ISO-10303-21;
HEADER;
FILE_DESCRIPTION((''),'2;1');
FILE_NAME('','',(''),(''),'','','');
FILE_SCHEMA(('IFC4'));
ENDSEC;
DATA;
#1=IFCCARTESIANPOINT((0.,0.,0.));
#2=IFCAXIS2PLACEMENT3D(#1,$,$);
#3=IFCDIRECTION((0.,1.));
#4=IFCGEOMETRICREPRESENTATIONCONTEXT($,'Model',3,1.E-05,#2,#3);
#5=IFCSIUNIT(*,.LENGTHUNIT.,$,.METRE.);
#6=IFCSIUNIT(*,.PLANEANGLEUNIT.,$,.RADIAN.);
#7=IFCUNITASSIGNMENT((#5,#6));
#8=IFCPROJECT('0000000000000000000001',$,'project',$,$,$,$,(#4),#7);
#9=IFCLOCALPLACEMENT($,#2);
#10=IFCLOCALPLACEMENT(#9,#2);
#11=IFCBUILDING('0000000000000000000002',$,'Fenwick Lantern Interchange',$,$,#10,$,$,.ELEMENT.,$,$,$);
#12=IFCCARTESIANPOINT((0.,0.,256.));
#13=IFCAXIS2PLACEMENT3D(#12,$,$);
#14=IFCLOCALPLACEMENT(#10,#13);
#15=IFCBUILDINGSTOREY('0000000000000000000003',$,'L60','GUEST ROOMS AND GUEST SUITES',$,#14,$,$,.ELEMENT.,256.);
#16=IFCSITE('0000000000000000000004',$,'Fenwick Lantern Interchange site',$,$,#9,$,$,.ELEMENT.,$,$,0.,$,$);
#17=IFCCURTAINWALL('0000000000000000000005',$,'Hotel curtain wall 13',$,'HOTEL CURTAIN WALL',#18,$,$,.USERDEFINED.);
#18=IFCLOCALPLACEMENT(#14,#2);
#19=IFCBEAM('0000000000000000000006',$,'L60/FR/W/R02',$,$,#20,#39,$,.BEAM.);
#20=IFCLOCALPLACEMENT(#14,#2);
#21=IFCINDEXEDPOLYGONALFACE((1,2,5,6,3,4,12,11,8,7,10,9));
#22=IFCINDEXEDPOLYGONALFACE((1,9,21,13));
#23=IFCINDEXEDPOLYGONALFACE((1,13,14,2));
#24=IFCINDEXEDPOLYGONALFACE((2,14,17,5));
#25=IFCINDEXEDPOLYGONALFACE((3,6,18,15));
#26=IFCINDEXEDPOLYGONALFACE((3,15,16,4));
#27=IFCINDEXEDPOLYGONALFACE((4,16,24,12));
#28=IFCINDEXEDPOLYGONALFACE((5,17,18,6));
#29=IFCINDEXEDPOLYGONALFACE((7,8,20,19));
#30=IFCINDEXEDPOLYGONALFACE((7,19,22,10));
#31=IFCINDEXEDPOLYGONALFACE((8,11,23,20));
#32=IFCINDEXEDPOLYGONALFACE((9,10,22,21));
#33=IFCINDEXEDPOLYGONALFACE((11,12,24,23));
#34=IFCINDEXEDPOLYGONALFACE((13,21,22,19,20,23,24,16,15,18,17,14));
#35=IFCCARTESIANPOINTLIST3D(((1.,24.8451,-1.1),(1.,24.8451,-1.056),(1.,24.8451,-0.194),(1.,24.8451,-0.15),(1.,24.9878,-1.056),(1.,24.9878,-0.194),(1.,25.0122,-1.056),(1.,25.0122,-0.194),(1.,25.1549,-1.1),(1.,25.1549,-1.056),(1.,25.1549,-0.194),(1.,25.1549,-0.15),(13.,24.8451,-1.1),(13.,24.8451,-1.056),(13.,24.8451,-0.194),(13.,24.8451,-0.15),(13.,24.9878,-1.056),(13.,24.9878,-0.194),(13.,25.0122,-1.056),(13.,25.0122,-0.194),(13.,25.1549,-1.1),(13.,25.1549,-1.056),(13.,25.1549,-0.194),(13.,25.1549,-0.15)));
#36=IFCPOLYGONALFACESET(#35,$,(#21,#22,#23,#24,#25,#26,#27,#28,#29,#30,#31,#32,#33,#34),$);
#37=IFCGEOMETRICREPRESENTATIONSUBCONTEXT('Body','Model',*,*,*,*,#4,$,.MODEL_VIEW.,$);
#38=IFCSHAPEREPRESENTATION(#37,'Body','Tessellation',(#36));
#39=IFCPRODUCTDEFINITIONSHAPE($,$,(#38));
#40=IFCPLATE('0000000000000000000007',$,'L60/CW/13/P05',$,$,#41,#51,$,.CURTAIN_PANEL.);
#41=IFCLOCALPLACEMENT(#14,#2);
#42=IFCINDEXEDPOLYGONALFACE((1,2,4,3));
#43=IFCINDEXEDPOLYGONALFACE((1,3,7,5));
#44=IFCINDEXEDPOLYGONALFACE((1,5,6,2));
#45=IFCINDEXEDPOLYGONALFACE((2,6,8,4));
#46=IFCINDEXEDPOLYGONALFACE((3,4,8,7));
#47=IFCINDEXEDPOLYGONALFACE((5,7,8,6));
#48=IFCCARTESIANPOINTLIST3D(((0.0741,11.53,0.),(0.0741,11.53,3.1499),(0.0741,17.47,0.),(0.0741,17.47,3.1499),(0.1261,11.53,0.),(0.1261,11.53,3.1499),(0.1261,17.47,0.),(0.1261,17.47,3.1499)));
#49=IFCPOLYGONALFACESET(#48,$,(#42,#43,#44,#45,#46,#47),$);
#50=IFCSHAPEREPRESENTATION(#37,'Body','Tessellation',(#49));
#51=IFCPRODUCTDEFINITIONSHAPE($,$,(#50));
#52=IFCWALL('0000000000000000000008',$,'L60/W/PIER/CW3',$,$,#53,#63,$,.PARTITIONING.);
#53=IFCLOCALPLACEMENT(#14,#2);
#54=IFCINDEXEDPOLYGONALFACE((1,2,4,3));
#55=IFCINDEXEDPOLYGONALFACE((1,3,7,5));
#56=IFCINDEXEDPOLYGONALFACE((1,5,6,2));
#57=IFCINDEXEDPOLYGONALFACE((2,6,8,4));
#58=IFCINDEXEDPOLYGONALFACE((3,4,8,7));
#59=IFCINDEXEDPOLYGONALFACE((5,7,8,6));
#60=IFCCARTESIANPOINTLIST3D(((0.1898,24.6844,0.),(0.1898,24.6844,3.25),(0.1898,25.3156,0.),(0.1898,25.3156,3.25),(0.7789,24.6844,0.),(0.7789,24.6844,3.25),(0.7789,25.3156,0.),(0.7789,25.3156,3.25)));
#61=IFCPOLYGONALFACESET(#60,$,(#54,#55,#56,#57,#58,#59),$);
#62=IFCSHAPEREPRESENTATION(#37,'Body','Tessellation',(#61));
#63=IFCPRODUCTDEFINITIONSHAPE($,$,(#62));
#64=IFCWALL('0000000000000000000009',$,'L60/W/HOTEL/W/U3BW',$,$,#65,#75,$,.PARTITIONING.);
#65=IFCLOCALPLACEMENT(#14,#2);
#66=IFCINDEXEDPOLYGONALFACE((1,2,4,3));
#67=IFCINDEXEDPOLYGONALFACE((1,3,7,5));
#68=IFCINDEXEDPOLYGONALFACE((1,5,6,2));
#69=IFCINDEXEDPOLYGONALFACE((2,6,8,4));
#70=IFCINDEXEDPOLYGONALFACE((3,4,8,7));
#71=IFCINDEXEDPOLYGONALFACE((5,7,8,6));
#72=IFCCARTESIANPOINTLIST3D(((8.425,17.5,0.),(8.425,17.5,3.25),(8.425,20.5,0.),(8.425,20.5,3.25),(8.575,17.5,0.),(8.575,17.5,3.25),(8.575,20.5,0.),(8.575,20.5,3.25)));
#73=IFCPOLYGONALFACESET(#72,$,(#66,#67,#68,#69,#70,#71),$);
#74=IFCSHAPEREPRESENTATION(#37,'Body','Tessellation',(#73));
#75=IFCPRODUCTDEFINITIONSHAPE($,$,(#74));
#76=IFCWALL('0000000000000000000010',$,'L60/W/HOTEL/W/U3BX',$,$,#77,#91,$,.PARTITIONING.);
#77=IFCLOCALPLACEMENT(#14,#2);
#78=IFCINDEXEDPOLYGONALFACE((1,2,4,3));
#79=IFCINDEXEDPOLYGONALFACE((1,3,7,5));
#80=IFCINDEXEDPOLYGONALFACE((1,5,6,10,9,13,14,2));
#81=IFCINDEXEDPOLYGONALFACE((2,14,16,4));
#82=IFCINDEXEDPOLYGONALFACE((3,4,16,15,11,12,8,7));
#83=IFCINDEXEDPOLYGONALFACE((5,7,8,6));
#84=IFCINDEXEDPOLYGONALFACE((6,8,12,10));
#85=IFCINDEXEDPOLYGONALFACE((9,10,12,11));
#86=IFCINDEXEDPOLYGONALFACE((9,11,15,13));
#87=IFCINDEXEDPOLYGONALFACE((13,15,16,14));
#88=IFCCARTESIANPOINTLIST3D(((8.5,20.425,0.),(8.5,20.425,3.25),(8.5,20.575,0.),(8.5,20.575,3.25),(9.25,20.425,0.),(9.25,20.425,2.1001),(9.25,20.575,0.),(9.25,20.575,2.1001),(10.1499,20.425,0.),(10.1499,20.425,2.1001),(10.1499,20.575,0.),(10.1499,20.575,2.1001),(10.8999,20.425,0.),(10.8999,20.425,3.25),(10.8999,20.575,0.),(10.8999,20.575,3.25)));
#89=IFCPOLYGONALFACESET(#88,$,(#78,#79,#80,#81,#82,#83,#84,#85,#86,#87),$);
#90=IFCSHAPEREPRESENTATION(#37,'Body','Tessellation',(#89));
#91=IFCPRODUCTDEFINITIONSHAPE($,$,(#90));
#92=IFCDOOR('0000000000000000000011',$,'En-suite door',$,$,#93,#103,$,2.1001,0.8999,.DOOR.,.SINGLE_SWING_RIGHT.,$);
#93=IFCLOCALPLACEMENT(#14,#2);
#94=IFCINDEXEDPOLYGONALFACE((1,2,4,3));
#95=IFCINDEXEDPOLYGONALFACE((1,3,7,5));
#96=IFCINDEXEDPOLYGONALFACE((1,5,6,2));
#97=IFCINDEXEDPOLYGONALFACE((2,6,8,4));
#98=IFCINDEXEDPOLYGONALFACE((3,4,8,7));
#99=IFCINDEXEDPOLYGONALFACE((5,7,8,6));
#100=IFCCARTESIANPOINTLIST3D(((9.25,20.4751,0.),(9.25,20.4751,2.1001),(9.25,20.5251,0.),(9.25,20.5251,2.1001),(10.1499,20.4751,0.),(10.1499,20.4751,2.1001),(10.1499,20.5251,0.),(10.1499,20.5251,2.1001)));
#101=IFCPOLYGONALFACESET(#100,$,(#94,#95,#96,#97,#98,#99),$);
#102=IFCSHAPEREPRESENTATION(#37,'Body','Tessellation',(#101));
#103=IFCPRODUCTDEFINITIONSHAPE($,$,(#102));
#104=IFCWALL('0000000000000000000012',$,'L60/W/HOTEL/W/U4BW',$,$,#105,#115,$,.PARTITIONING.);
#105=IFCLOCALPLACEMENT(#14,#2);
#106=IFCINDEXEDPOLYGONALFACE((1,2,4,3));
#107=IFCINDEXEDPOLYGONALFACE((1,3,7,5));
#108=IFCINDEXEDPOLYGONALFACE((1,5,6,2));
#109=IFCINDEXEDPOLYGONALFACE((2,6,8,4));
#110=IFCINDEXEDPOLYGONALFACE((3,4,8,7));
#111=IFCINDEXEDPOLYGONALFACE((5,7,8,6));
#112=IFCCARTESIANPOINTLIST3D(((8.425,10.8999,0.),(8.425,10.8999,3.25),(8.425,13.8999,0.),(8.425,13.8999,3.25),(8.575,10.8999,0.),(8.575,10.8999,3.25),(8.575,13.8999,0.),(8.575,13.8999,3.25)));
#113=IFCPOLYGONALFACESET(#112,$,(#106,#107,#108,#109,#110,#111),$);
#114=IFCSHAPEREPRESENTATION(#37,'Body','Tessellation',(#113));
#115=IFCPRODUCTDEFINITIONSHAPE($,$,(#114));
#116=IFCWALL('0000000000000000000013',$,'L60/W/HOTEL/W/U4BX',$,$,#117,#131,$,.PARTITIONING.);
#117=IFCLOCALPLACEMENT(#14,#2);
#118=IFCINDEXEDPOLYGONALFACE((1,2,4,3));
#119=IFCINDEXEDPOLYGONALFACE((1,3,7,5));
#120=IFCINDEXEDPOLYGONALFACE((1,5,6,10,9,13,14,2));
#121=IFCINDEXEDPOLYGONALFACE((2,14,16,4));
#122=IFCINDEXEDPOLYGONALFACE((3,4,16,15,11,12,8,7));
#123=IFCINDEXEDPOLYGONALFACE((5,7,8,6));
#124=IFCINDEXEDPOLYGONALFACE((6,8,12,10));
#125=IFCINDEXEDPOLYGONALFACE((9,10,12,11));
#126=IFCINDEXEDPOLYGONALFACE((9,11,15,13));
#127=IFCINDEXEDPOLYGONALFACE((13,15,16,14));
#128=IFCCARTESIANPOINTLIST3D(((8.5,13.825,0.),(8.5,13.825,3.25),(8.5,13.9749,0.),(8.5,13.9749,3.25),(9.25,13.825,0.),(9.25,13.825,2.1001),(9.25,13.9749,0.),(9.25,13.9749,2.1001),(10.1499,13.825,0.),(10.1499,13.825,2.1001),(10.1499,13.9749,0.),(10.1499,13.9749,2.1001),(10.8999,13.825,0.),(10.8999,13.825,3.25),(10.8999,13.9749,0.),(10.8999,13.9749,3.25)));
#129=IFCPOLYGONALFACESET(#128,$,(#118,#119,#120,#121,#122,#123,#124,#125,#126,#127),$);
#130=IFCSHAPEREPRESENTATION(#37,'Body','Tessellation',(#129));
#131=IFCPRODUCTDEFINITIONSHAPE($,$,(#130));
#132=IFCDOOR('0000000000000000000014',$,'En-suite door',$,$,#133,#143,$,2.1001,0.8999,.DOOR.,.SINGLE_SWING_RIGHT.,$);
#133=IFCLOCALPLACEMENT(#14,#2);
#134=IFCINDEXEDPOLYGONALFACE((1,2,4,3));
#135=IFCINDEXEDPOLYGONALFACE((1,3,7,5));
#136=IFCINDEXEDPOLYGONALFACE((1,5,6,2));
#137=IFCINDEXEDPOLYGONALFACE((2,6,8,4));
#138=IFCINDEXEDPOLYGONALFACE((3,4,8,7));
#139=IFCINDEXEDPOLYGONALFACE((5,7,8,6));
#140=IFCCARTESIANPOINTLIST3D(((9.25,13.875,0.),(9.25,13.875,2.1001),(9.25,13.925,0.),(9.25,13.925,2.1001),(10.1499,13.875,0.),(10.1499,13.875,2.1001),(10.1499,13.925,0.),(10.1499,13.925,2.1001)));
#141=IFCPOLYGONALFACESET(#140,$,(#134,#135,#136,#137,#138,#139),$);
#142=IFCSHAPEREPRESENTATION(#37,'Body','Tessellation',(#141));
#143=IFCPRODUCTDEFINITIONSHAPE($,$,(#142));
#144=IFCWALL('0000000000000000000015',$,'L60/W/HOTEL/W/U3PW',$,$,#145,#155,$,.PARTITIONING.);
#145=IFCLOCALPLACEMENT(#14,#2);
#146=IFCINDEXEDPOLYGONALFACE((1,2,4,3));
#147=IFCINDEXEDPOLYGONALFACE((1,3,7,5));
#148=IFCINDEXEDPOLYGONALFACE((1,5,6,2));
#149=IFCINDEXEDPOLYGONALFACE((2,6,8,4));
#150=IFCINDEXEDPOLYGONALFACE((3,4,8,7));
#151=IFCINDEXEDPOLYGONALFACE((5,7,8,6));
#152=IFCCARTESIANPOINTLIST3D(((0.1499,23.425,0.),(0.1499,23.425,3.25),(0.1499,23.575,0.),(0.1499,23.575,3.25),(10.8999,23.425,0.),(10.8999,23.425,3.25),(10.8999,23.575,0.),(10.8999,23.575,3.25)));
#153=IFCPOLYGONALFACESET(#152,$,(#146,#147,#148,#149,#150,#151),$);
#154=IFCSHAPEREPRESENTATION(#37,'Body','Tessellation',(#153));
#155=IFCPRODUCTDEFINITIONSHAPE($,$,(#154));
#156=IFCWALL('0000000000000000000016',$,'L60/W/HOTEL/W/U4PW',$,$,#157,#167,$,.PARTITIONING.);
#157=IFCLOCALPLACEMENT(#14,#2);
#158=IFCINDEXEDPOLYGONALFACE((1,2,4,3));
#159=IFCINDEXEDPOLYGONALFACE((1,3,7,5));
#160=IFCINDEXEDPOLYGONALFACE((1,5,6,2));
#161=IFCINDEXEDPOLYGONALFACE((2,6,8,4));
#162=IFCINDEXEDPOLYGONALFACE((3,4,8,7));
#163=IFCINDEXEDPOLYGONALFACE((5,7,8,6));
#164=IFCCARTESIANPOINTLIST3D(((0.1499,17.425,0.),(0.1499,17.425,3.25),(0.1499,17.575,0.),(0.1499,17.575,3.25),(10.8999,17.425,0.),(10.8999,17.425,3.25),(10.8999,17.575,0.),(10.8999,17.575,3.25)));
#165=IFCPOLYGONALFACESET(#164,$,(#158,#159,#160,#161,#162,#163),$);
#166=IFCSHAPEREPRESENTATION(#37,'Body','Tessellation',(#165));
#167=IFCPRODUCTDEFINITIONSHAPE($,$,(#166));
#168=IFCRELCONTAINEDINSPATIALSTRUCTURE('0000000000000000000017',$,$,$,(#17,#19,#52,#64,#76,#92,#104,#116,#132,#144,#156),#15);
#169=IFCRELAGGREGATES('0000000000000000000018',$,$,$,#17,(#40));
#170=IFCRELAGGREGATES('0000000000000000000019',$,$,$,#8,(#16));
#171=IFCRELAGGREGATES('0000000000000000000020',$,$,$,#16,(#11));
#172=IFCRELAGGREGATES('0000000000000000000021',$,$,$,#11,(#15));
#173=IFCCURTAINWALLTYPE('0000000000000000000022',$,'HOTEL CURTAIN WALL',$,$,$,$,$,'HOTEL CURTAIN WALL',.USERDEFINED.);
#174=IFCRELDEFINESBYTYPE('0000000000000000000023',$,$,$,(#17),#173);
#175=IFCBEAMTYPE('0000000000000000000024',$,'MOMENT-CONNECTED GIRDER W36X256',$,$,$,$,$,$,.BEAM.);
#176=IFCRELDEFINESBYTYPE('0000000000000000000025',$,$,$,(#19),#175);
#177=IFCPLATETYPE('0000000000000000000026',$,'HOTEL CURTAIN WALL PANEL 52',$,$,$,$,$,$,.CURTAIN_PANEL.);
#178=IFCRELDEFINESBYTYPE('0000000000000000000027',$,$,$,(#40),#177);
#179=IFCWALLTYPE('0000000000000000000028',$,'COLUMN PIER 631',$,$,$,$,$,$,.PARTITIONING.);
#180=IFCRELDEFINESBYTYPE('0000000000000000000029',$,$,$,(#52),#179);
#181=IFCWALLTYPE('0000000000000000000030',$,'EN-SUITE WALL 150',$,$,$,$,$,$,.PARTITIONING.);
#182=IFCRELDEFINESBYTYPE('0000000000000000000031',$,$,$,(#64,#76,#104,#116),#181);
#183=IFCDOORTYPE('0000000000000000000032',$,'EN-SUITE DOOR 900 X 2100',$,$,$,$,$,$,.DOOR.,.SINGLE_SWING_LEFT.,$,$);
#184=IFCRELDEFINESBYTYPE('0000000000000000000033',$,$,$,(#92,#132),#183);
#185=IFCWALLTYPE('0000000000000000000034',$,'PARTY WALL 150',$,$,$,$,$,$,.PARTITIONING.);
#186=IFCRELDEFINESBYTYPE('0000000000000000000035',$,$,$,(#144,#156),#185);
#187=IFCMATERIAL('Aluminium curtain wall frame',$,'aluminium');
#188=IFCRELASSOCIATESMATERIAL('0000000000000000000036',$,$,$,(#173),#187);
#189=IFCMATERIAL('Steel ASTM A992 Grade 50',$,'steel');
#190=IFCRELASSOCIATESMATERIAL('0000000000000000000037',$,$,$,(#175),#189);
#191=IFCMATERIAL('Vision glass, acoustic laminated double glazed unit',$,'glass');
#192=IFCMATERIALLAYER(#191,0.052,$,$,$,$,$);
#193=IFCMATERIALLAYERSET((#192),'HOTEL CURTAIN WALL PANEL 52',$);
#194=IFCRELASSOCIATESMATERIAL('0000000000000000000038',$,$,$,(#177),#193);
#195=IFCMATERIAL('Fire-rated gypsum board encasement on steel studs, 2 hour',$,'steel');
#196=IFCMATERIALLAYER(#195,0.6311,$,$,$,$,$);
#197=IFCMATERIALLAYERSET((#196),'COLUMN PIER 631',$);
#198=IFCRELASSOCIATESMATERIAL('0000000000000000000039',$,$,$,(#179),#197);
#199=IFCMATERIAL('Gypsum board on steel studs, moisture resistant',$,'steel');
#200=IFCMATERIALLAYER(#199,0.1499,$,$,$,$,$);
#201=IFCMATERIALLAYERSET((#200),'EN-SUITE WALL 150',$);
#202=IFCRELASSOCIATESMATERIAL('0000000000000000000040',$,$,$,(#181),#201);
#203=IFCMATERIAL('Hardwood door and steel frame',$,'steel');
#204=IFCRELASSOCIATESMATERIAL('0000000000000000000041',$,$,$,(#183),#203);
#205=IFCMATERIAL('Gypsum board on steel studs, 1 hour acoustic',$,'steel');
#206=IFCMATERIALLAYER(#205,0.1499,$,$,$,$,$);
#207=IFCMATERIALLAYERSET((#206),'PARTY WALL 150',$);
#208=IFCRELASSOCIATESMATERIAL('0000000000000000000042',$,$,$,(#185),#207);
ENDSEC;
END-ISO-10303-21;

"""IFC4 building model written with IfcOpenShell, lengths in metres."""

from ifc_helpers import new_model, si_unit, direction, frame, frame_2d, origin, origin_2d, place, context, subcontext, project, spatial, rectangle, i_section, extrude, material, layer, layer_set, material_profile, profile_set, type_object, element, fill, aggregate, save


model = new_model("IFC4")

# Units and contexts
model_context = context("Model", 3, precision=1e-05, world=origin(), true_north=direction((0.0, 1.0)))
body_context = subcontext(model_context, "Body", "Model", "MODEL_VIEW")
ifc_project = project(units=[si_unit("LENGTHUNIT", "METRE"), si_unit("PLANEANGLEUNIT", "RADIAN")], contexts=[model_context])

# Site, building, storey
site_placement = place(None, origin())
site = spatial("IfcSite", under=ifc_project, at=site_placement, Name="Fenwick Lantern Interchange site", CompositionType="ELEMENT", RefElevation=0.0)
building_placement = place(site_placement, origin())
building = spatial("IfcBuilding", under=site, at=building_placement, Name="Fenwick Lantern Interchange", CompositionType="ELEMENT")
storey_placement = place(building_placement, frame((0.0, 0.0, 256.0)))
storey = spatial("IfcBuildingStorey", under=building, at=storey_placement, Name="L60", Description="GUEST ROOMS AND GUEST SUITES", CompositionType="ELEMENT", Elevation=256.0)

# Shared definitions
ifc_material_1 = material(Name="Steel ASTM A992 Grade 50", Category="steel")

# Curtain wall
ifc_material_2 = material(Name="Aluminium curtain wall frame", Category="aluminium")
curtain_wall_type = type_object("IfcCurtainWallType", Name="HOTEL CURTAIN WALL", ElementType="HOTEL CURTAIN WALL", PredefinedType="USERDEFINED", material=ifc_material_2)
curtain_wall_placement = place(storey_placement, origin())
curtain_wall = element("IfcCurtainWall", 1, at=curtain_wall_placement, inside=storey, type_object=curtain_wall_type, Name="Hotel curtain wall 13", ObjectType="HOTEL CURTAIN WALL", PredefinedType="USERDEFINED")

# Beam
ifc_material_profile_1 = material_profile(ifc_material_1, i_section(OverallWidth=0.3098, OverallDepth=0.95, WebThickness=0.0244, FlangeThickness=0.0439, at=origin_2d()), Name="W36X256")
ifc_profile_set_1 = profile_set([ifc_material_profile_1], Name="Steel ASTM A992 Grade 50")
beam_type_1 = type_object("IfcBeamType", Name="MOMENT-CONNECTED GIRDER W36X256", PredefinedType="BEAM", material=ifc_profile_set_1)
beam_1_placement = place(storey_placement, frame((1.0, 25.0, -0.625), z_axis=(1.0, 0.0, 0.0), x_axis=(0.0, 1.0, 0.0)))
element("IfcBeam", 2, at=beam_1_placement, inside=storey, type_object=beam_type_1, Name="L60/FR/W/R02", PredefinedType="BEAM", context=body_context, shape_type="SweptSolid", body=[
    extrude(i_section(OverallWidth=0.3098, OverallDepth=0.95, WebThickness=0.0244, FlangeThickness=0.0439, at=origin_2d()), origin(), (0.0, 0.0, 1.0), 12.0),
])

# Plate
ifc_material_3 = material(Name="Vision glass, acoustic laminated double glazed unit", Category="glass")
ifc_layer_1 = layer(ifc_material_3, 0.052)
ifc_layer_set_1 = layer_set([ifc_layer_1], Name="HOTEL CURTAIN WALL PANEL 52")
plate_type = type_object("IfcPlateType", Name="HOTEL CURTAIN WALL PANEL 52", PredefinedType="CURTAIN_PANEL", material=ifc_layer_set_1)
plate_placement = place(storey_placement, frame((0.1001, 14.5, 0.0), z_axis=(0.0, 0.0, 1.0), x_axis=(0.0, -1.0, 0.0)))
plate = element("IfcPlate", 3, at=plate_placement, type_object=plate_type, Name="L60/CW/13/P05", PredefinedType="CURTAIN_PANEL", context=body_context, shape_type="SweptSolid", body=[
    extrude(rectangle(XDim=5.9399, YDim=0.052, at=origin_2d()), origin(), (0.0, 0.0, 1.0), 3.1499),
])
aggregate(curtain_wall, [plate])

# Walls
ifc_material_4 = material(Name="Fire-rated gypsum board encasement on steel studs, 2 hour", Category="steel")
ifc_layer_2 = layer(ifc_material_4, 0.6311)
ifc_layer_set_2 = layer_set([ifc_layer_2], Name="COLUMN PIER 631")
wall_type_1 = type_object("IfcWallType", Name="COLUMN PIER 631", PredefinedType="PARTITIONING", material=ifc_layer_set_2)
wall_1_placement = place(storey_placement, frame((0.1899, 25.0, 0.0), z_axis=(0.0, 0.0, 1.0), x_axis=(1.0, 0.0, 0.0)))
element("IfcWall", 4, at=wall_1_placement, inside=storey, type_object=wall_type_1, Name="L60/W/PIER/CW3", PredefinedType="PARTITIONING", context=body_context, shape_type="SweptSolid", body=[
    extrude(rectangle(XDim=0.5891, YDim=0.6311, at=frame_2d((0.2944, 0.0))), origin(), (0.0, 0.0, 1.0), 3.25),
])
ifc_material_5 = material(Name="Gypsum board on steel studs, moisture resistant", Category="steel")
ifc_layer_3 = layer(ifc_material_5, 0.1499)
ifc_layer_set_3 = layer_set([ifc_layer_3], Name="EN-SUITE WALL 150")
wall_type_2 = type_object("IfcWallType", Name="EN-SUITE WALL 150", PredefinedType="PARTITIONING", material=ifc_layer_set_3)
wall_2_placement = place(storey_placement, frame((8.5, 20.5, 0.0), z_axis=(0.0, 0.0, 1.0), x_axis=(0.0, -1.0, 0.0)))
element("IfcWall", 5, at=wall_2_placement, inside=storey, type_object=wall_type_2, Name="L60/W/HOTEL/W/U3BW", PredefinedType="PARTITIONING", context=body_context, shape_type="SweptSolid", body=[
    extrude(rectangle(XDim=3.0, YDim=0.1499, at=frame_2d((1.5, 0.0))), origin(), (0.0, 0.0, 1.0), 3.25),
])

# Wall, opening, door
wall_3_placement = place(storey_placement, frame((8.5, 20.5, 0.0), z_axis=(0.0, 0.0, 1.0), x_axis=(1.0, 0.0, 0.0)))
wall_3 = element("IfcWall", 6, at=wall_3_placement, inside=storey, type_object=wall_type_2, Name="L60/W/HOTEL/W/U3BX", PredefinedType="PARTITIONING", context=body_context, shape_type="SweptSolid", body=[
    extrude(rectangle(XDim=2.3999, YDim=0.1499, at=frame_2d((1.2, 0.0))), origin(), (0.0, 0.0, 1.0), 3.25),
])
opening_1_placement = place(wall_3_placement, frame((0.75, 0.0, 0.0)))
opening_1 = element("IfcOpeningElement", 7, at=opening_1_placement, cuts=wall_3, PredefinedType="OPENING", context=body_context, shape_type="SweptSolid", body=[
    extrude(rectangle(XDim=0.8999, YDim=2.1001, at=frame_2d((0.45, 1.05))), frame((0.0, 0.085, 0.0), z_axis=(0.0, -1.0, 0.0), x_axis=(1.0, 0.0, 0.0)), (0.0, 0.0, 1.0), 0.1699),
])
ifc_material_6 = material(Name="Hardwood door and steel frame", Category="steel")
door_type = type_object("IfcDoorType", Name="EN-SUITE DOOR 900 X 2100", OperationType="SINGLE_SWING_LEFT", PredefinedType="DOOR", material=ifc_material_6)
door_1_placement = place(opening_1_placement, frame((0.8999, 0.0, 0.0), z_axis=(0.0, 0.0, 1.0), x_axis=(-1.0, 0.0, 0.0)))
door_1 = element("IfcDoor", 8, at=door_1_placement, inside=storey, type_object=door_type, Name="En-suite door", OperationType="SINGLE_SWING_RIGHT", OverallHeight=2.1001, OverallWidth=0.8999, PredefinedType="DOOR", context=body_context, shape_type="SweptSolid", body=[
    extrude(rectangle(XDim=0.8999, YDim=2.1001, at=frame_2d((0.45, 1.05))), frame((0.0, 0.0249, 0.0), z_axis=(0.0, -1.0, 0.0), x_axis=(1.0, 0.0, 0.0)), (0.0, 0.0, 1.0), 0.05),
])
fill(opening_1, door_1)

# Wall
wall_4_placement = place(storey_placement, frame((8.5, 13.8999, 0.0), z_axis=(0.0, 0.0, 1.0), x_axis=(0.0, -1.0, 0.0)))
element("IfcWall", 9, at=wall_4_placement, inside=storey, type_object=wall_type_2, Name="L60/W/HOTEL/W/U4BW", PredefinedType="PARTITIONING", context=body_context, shape_type="SweptSolid", body=[
    extrude(rectangle(XDim=3.0, YDim=0.1499, at=frame_2d((1.5, 0.0))), origin(), (0.0, 0.0, 1.0), 3.25),
])

# Wall, opening, door
wall_5_placement = place(storey_placement, frame((8.5, 13.8999, 0.0), z_axis=(0.0, 0.0, 1.0), x_axis=(1.0, 0.0, 0.0)))
wall_5 = element("IfcWall", 10, at=wall_5_placement, inside=storey, type_object=wall_type_2, Name="L60/W/HOTEL/W/U4BX", PredefinedType="PARTITIONING", context=body_context, shape_type="SweptSolid", body=[
    extrude(rectangle(XDim=2.3999, YDim=0.1499, at=frame_2d((1.2, 0.0))), origin(), (0.0, 0.0, 1.0), 3.25),
])
opening_2_placement = place(wall_5_placement, frame((0.75, 0.0, 0.0)))
opening_2 = element("IfcOpeningElement", 11, at=opening_2_placement, cuts=wall_5, PredefinedType="OPENING", context=body_context, shape_type="SweptSolid", body=[
    extrude(rectangle(XDim=0.8999, YDim=2.1001, at=frame_2d((0.45, 1.05))), frame((0.0, 0.085, 0.0), z_axis=(0.0, -1.0, 0.0), x_axis=(1.0, 0.0, 0.0)), (0.0, 0.0, 1.0), 0.1699),
])
door_2_placement = place(opening_2_placement, frame((0.8999, 0.0, 0.0), z_axis=(0.0, 0.0, 1.0), x_axis=(-1.0, 0.0, 0.0)))
door_2 = element("IfcDoor", 12, at=door_2_placement, inside=storey, type_object=door_type, Name="En-suite door", OperationType="SINGLE_SWING_RIGHT", OverallHeight=2.1001, OverallWidth=0.8999, PredefinedType="DOOR", context=body_context, shape_type="SweptSolid", body=[
    extrude(rectangle(XDim=0.8999, YDim=2.1001, at=frame_2d((0.45, 1.05))), frame((0.0, 0.0249, 0.0), z_axis=(0.0, -1.0, 0.0), x_axis=(1.0, 0.0, 0.0)), (0.0, 0.0, 1.0), 0.05),
])
fill(opening_2, door_2)

# Walls
ifc_material_7 = material(Name="Gypsum board on steel studs, 1 hour acoustic", Category="steel")
ifc_layer_4 = layer(ifc_material_7, 0.1499)
ifc_layer_set_4 = layer_set([ifc_layer_4], Name="PARTY WALL 150")
wall_type_3 = type_object("IfcWallType", Name="PARTY WALL 150", PredefinedType="PARTITIONING", material=ifc_layer_set_4)
for number, where, z_axis, x_axis, name in (
    (13, (0.1499, 23.5, 0.0), (0.0, 0.0, 1.0), (1.0, 0.0, 0.0), "L60/W/HOTEL/W/U3PW"),
    (14, (0.1499, 17.5, 0.0), (0.0, 0.0, 1.0), (1.0, 0.0, 0.0), "L60/W/HOTEL/W/U4PW"),
):
    element("IfcWall", number, at=place(storey_placement, frame(where, z_axis=z_axis, x_axis=x_axis)), inside=storey, type_object=wall_type_3, Name=name, PredefinedType="PARTITIONING", context=body_context, shape_type="SweptSolid", body=[
        extrude(rectangle(XDim=10.75, YDim=0.1499, at=frame_2d((5.375, 0.0))), origin(), (0.0, 0.0, 1.0), 3.25),
    ])

save(model, "model.ifc")
